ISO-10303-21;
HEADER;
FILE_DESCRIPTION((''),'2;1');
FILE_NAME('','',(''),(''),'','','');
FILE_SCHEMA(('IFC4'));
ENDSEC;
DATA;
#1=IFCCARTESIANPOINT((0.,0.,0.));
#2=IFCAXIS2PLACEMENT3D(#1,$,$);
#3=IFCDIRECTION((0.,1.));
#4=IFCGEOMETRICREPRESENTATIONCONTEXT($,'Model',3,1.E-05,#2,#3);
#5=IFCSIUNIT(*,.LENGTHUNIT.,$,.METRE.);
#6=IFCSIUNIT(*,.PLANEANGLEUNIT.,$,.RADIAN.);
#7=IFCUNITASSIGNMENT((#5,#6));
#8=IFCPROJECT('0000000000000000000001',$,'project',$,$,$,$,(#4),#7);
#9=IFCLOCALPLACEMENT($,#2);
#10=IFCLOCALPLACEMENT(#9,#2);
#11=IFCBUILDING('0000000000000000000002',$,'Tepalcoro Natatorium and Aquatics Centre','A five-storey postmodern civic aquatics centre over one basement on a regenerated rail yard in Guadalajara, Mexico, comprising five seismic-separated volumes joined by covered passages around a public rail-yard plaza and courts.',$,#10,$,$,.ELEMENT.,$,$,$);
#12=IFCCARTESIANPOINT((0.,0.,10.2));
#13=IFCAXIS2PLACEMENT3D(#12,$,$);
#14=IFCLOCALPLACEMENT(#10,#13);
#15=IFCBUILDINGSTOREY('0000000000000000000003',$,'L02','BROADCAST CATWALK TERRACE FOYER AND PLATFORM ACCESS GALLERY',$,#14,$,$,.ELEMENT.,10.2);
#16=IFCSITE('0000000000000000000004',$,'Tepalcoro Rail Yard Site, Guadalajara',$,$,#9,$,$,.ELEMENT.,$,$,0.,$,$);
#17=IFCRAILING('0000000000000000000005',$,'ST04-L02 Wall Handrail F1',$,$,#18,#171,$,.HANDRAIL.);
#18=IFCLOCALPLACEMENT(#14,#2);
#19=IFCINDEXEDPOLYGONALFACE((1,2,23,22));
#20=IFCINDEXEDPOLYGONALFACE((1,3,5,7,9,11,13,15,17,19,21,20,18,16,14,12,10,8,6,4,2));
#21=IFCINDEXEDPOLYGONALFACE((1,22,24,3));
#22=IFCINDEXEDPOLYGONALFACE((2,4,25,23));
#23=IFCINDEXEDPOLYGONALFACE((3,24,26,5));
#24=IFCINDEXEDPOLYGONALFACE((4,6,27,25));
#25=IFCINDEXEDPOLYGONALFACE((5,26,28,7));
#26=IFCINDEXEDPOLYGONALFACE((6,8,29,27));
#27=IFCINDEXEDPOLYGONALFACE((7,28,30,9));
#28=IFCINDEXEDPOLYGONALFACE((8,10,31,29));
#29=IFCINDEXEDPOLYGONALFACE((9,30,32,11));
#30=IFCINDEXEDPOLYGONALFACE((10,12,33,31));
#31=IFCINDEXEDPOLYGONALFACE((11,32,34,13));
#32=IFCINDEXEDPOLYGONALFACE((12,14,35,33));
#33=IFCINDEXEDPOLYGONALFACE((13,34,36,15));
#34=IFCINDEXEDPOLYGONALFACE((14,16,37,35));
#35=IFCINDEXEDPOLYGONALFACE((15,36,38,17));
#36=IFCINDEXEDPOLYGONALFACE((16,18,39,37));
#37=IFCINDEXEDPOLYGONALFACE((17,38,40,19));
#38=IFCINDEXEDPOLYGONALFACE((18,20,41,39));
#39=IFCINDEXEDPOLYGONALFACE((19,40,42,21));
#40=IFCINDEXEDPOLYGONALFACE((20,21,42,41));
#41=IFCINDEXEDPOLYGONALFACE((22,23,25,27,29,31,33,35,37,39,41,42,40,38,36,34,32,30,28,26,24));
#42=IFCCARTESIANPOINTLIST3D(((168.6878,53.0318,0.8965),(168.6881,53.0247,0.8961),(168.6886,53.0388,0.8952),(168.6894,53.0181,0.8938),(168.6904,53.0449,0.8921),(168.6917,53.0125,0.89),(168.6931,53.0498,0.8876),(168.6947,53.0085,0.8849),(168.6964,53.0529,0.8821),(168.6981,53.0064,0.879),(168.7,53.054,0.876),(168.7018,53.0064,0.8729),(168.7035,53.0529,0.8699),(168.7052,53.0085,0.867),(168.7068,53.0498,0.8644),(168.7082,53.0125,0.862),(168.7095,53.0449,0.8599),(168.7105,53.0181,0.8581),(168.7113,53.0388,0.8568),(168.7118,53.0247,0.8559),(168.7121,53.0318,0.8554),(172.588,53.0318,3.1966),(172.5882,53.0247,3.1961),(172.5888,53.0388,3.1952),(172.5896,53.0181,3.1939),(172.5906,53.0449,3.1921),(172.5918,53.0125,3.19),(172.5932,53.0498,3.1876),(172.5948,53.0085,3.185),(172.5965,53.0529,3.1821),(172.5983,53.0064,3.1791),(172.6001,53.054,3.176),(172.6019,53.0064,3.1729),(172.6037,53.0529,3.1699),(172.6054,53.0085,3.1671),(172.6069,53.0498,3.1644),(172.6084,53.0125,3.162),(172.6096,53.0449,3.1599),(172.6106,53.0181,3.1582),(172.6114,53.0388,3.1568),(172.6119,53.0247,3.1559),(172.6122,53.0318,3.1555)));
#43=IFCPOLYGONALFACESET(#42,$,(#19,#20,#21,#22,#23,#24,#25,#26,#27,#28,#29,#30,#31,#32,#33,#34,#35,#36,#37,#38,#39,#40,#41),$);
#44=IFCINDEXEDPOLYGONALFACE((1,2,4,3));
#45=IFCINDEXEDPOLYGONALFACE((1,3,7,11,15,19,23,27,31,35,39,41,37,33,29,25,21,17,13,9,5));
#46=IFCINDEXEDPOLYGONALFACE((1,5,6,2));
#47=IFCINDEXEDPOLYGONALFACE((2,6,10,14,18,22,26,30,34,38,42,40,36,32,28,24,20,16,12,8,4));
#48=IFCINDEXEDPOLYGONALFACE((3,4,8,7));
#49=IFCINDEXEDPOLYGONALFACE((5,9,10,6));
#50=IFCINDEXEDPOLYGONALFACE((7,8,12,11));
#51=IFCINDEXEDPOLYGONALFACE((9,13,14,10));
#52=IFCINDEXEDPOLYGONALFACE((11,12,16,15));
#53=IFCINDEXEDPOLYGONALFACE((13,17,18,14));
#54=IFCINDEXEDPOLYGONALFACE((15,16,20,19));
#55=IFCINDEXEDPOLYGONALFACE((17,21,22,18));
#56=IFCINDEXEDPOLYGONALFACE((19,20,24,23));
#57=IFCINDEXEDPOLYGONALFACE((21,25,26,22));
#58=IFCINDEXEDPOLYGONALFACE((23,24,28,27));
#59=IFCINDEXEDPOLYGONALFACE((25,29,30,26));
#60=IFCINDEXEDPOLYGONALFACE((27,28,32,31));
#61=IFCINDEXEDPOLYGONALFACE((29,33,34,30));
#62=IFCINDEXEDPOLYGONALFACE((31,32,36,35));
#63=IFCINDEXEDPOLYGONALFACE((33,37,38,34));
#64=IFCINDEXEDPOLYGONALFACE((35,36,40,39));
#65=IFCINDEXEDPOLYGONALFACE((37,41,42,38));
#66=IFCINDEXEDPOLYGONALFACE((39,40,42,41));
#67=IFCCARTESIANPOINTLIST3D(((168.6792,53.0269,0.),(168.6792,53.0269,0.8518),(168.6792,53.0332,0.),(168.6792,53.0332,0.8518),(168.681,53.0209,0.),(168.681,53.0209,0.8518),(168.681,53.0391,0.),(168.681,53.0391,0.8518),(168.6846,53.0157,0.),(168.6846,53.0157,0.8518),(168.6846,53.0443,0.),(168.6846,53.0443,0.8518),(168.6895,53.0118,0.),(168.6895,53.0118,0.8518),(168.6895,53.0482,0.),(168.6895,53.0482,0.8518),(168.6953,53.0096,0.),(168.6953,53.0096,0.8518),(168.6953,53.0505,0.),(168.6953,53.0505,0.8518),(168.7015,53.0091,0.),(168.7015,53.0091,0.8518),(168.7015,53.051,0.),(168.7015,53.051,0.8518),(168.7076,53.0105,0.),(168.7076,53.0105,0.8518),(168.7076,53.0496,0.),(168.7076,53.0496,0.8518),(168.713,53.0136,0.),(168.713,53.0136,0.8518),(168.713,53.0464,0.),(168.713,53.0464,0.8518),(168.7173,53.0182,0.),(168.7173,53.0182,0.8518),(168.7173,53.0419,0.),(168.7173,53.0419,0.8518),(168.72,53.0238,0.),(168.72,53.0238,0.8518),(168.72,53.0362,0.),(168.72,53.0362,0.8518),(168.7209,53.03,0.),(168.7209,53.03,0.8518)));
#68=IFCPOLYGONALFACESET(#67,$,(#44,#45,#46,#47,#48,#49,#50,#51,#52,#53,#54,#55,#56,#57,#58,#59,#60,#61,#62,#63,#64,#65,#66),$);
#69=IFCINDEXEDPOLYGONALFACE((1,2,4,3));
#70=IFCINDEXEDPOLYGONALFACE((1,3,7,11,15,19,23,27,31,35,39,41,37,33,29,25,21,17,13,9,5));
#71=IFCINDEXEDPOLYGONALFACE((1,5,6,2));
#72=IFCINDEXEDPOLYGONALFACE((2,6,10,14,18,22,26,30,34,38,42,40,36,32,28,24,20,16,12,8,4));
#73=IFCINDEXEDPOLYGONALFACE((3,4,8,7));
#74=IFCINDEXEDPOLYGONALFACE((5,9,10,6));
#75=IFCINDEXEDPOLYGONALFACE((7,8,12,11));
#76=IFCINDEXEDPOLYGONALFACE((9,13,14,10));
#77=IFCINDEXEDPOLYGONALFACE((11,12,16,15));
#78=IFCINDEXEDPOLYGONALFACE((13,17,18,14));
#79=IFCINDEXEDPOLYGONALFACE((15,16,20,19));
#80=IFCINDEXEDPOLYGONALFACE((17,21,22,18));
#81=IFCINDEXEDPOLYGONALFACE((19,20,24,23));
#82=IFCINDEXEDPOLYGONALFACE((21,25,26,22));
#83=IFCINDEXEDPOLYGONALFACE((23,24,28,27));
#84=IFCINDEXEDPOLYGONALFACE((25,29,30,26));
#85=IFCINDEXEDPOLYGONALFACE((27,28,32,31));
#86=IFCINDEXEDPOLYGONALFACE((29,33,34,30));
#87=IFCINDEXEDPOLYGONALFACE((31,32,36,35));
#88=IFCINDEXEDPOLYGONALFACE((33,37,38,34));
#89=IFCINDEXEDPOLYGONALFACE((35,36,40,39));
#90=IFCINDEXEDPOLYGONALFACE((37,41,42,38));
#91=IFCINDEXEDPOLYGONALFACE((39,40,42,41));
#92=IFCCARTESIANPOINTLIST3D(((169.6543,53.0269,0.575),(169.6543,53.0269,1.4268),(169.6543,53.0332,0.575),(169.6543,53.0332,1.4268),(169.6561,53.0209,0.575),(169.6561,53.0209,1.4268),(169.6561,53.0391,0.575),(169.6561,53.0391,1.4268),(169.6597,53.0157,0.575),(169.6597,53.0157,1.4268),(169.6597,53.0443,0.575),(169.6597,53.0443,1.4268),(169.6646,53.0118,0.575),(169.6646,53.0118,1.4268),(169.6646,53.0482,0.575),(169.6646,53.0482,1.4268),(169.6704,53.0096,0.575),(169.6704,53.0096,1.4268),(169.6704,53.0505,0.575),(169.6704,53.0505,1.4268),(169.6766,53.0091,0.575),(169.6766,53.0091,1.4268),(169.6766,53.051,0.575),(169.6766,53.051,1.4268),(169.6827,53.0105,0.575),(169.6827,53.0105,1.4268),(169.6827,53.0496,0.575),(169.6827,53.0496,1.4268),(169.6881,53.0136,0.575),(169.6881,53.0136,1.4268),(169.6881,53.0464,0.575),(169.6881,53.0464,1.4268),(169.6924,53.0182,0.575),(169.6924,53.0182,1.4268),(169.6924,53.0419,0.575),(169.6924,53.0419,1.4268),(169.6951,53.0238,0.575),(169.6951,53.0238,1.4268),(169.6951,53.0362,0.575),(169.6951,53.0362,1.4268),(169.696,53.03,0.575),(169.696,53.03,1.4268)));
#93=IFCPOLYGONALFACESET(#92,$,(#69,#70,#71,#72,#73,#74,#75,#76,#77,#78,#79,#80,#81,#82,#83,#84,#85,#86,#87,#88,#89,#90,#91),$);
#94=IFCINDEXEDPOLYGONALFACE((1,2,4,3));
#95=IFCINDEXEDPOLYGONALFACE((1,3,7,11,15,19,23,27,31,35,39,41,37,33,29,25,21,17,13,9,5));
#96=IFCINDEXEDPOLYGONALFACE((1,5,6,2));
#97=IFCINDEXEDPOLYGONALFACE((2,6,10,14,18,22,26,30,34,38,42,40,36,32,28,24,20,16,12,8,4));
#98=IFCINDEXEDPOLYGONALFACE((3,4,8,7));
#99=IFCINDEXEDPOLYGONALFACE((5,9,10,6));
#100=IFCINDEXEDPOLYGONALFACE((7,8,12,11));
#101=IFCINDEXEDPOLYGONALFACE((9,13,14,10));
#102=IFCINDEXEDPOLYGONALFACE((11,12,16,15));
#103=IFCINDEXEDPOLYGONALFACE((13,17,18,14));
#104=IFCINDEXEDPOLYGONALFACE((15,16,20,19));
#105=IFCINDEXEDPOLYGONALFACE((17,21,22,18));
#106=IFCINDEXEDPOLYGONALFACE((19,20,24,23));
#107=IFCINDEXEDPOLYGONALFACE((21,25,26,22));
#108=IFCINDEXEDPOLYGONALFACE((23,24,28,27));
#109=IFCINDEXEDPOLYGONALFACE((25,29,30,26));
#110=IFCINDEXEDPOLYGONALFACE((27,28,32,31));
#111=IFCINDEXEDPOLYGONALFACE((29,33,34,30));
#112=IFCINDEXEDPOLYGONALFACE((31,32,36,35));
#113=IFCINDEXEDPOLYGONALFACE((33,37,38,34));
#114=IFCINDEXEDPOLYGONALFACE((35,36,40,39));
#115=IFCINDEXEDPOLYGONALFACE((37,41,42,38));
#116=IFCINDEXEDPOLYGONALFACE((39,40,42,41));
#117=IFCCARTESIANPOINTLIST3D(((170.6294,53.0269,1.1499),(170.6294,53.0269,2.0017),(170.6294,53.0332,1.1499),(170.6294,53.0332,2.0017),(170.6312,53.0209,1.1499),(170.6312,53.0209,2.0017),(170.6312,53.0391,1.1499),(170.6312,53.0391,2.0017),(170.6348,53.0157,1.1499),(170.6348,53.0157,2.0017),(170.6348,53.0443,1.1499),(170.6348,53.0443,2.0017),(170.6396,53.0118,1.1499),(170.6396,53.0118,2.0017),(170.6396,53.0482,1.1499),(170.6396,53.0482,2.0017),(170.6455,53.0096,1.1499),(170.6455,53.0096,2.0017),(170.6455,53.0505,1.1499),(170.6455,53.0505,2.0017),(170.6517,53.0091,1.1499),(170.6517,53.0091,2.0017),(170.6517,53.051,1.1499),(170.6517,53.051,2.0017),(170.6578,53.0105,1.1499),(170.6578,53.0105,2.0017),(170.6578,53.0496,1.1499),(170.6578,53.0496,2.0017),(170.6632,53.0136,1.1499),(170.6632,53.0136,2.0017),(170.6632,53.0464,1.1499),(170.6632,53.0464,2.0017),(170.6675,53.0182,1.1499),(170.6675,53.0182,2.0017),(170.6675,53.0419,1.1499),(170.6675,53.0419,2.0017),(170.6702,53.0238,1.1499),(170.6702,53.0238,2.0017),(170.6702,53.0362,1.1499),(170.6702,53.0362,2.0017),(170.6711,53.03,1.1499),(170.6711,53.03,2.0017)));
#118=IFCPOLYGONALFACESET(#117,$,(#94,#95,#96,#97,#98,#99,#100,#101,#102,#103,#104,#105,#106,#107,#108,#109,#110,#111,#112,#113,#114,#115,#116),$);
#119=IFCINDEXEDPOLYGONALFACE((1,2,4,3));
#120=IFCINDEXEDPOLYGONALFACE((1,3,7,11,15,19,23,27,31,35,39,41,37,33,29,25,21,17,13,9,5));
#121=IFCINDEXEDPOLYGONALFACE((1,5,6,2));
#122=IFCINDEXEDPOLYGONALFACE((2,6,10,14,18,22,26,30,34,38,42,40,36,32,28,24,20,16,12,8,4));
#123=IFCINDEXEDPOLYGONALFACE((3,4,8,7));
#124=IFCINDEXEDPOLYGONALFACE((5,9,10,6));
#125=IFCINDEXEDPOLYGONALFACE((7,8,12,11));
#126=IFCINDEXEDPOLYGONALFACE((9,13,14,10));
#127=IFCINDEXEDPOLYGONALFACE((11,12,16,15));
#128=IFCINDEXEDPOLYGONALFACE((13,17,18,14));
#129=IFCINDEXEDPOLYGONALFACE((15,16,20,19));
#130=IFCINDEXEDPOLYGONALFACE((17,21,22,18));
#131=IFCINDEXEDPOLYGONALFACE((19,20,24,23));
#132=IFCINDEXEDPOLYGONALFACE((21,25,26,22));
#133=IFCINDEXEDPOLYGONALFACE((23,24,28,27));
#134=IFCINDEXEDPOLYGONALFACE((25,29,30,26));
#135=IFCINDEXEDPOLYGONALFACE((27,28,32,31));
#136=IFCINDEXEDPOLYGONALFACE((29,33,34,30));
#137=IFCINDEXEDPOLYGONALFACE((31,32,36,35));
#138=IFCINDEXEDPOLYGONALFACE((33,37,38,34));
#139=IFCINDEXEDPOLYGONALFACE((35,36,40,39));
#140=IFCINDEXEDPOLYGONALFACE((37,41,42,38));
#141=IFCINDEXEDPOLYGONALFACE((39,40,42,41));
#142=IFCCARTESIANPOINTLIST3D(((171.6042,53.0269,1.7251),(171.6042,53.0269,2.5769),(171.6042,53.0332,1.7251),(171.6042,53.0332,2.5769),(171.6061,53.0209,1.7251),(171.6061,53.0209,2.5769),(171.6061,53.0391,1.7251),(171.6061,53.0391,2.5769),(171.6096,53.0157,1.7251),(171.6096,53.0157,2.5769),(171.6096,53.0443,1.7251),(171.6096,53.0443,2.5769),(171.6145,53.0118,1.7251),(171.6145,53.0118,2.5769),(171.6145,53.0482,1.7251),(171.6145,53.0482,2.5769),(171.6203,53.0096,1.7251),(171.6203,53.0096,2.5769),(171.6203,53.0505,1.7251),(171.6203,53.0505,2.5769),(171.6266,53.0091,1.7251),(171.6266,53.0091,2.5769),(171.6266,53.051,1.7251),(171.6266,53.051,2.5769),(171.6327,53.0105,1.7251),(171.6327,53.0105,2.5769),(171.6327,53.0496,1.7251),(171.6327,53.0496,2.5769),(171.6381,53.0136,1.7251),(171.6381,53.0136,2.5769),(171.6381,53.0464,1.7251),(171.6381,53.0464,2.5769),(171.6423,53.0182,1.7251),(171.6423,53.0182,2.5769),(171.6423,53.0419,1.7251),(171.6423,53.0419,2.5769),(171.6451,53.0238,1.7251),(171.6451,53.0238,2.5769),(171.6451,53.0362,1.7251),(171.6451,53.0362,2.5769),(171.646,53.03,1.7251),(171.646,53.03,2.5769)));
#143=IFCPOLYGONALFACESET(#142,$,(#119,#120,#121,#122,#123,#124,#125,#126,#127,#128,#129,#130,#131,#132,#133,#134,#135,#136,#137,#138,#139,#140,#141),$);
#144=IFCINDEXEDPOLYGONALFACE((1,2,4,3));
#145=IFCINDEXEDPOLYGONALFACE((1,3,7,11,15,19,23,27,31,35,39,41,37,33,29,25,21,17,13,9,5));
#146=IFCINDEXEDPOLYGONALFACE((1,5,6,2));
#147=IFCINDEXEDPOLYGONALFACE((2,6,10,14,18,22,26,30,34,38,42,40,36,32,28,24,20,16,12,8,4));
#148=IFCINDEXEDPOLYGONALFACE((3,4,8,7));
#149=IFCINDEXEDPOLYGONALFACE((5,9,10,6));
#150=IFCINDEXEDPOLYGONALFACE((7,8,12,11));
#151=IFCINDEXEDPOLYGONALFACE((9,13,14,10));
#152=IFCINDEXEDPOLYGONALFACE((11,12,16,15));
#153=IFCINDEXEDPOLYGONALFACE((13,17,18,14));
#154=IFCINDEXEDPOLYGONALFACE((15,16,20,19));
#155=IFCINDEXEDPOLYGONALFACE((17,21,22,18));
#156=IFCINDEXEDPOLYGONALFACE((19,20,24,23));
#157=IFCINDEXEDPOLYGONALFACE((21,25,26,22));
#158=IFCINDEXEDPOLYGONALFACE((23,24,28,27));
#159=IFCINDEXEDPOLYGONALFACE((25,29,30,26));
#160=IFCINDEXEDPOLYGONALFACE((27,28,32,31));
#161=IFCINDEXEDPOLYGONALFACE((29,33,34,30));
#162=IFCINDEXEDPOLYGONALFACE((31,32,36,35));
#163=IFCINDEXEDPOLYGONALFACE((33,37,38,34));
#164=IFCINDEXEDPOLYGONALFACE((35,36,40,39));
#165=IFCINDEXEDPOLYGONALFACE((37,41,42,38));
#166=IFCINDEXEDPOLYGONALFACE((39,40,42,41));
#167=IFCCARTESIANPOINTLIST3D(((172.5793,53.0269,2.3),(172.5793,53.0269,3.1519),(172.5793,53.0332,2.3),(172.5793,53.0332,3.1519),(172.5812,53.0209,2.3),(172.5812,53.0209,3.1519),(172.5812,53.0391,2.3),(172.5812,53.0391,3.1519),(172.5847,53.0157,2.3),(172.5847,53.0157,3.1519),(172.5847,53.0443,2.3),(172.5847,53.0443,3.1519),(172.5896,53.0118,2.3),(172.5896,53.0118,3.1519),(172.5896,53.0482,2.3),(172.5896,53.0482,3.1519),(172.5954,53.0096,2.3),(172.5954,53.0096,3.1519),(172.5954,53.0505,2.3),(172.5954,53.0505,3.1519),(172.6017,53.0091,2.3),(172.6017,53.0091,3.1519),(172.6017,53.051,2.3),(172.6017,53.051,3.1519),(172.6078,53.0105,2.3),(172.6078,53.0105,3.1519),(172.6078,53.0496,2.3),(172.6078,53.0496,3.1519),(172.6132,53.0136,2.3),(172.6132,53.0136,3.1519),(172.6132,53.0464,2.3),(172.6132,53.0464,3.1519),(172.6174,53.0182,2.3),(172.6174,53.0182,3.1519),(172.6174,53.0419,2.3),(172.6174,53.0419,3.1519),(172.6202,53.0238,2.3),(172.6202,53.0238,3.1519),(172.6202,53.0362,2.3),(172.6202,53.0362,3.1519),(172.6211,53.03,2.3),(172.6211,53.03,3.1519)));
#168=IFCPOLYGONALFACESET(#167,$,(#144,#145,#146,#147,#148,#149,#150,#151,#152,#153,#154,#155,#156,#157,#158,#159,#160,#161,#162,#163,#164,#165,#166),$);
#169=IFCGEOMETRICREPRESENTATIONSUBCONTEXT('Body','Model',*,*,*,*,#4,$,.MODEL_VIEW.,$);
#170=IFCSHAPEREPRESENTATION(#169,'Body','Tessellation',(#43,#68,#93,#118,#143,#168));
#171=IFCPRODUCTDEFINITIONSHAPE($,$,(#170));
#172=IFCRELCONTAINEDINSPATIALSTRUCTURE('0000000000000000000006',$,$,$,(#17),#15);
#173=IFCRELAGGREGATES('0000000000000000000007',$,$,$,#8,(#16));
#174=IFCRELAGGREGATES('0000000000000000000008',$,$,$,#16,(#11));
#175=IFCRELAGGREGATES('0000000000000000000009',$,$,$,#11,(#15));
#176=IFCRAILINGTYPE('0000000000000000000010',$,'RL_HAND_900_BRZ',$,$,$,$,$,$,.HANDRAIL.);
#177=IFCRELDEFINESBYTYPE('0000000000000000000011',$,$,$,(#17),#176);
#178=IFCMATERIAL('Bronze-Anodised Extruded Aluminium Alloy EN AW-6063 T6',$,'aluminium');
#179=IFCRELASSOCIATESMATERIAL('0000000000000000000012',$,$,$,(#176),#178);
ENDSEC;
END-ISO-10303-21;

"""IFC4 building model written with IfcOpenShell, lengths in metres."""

from ifc_helpers import new_model, si_unit, direction, frame, origin, origin_2d, place, context, subcontext, project, spatial, circle, extrude, material, type_object, element, save


model = new_model("IFC4")

# Units and contexts
model_context = context("Model", 3, precision=1e-05, world=origin(), true_north=direction((0.0, 1.0)))
body_context = subcontext(model_context, "Body", "Model", "MODEL_VIEW")
ifc_project = project(units=[si_unit("LENGTHUNIT", "METRE"), si_unit("PLANEANGLEUNIT", "RADIAN")], contexts=[model_context])

# Site, building, storey
site_placement = place(None, origin())
site = spatial("IfcSite", under=ifc_project, at=site_placement, Name="Tepalcoro Rail Yard Site, Guadalajara", CompositionType="ELEMENT", RefElevation=0.0)
building_placement = place(site_placement, origin())
building = spatial("IfcBuilding", under=site, at=building_placement, Name="Tepalcoro Natatorium and Aquatics Centre", Description="A five-storey postmodern civic aquatics centre over one basement on a regenerated rail yard in Guadalajara, Mexico, comprising five seismic-separated volumes joined by covered passages around a public rail-yard plaza and courts.", CompositionType="ELEMENT")
storey_placement = place(building_placement, frame((0.0, 0.0, 10.2)))
storey = spatial("IfcBuildingStorey", under=building, at=storey_placement, Name="L02", Description="BROADCAST CATWALK TERRACE FOYER AND PLATFORM ACCESS GALLERY", CompositionType="ELEMENT", Elevation=10.2)

# Shared definitions
ifc_material_1 = material(Name="Bronze-Anodised Extruded Aluminium Alloy EN AW-6063 T6", Category="aluminium")

# Railing
railing_type = type_object("IfcRailingType", Name="RL_HAND_900_BRZ", PredefinedType="HANDRAIL", material=ifc_material_1)
railing_placement = place(storey_placement, frame((168.7, 53.03, 0.0)))
element("IfcRailing", 1, at=railing_placement, inside=storey, type_object=railing_type, Name="ST04-L02 Wall Handrail F1", PredefinedType="HANDRAIL", context=body_context, shape_type="SweptSolid", body=[
    extrude(circle(Radius=0.0239, at=origin_2d()), frame((0.0, 0.0, 0.876), z_axis=(0.86137, 0.0, 0.507979), x_axis=(0.0, 1.0, 0.0)), (0.0, 0.0, 1.0), 4.5278),
    extrude(circle(Radius=0.021, at=origin_2d()), origin(), (0.0, 0.0, 1.0), 0.8518),
    extrude(circle(Radius=0.021, at=origin_2d()), frame((0.9751, 0.0, 0.575)), (0.0, 0.0, 1.0), 0.8518),
    extrude(circle(Radius=0.021, at=origin_2d()), frame((1.9502, 0.0, 1.1499)), (0.0, 0.0, 1.0), 0.8518),
    extrude(circle(Radius=0.021, at=origin_2d()), frame((2.925, 0.0, 1.7251)), (0.0, 0.0, 1.0), 0.8518),
    extrude(circle(Radius=0.021, at=origin_2d()), frame((3.9001, 0.0, 2.3)), (0.0, 0.0, 1.0), 0.8518),
])

save(model, "model.ifc")
